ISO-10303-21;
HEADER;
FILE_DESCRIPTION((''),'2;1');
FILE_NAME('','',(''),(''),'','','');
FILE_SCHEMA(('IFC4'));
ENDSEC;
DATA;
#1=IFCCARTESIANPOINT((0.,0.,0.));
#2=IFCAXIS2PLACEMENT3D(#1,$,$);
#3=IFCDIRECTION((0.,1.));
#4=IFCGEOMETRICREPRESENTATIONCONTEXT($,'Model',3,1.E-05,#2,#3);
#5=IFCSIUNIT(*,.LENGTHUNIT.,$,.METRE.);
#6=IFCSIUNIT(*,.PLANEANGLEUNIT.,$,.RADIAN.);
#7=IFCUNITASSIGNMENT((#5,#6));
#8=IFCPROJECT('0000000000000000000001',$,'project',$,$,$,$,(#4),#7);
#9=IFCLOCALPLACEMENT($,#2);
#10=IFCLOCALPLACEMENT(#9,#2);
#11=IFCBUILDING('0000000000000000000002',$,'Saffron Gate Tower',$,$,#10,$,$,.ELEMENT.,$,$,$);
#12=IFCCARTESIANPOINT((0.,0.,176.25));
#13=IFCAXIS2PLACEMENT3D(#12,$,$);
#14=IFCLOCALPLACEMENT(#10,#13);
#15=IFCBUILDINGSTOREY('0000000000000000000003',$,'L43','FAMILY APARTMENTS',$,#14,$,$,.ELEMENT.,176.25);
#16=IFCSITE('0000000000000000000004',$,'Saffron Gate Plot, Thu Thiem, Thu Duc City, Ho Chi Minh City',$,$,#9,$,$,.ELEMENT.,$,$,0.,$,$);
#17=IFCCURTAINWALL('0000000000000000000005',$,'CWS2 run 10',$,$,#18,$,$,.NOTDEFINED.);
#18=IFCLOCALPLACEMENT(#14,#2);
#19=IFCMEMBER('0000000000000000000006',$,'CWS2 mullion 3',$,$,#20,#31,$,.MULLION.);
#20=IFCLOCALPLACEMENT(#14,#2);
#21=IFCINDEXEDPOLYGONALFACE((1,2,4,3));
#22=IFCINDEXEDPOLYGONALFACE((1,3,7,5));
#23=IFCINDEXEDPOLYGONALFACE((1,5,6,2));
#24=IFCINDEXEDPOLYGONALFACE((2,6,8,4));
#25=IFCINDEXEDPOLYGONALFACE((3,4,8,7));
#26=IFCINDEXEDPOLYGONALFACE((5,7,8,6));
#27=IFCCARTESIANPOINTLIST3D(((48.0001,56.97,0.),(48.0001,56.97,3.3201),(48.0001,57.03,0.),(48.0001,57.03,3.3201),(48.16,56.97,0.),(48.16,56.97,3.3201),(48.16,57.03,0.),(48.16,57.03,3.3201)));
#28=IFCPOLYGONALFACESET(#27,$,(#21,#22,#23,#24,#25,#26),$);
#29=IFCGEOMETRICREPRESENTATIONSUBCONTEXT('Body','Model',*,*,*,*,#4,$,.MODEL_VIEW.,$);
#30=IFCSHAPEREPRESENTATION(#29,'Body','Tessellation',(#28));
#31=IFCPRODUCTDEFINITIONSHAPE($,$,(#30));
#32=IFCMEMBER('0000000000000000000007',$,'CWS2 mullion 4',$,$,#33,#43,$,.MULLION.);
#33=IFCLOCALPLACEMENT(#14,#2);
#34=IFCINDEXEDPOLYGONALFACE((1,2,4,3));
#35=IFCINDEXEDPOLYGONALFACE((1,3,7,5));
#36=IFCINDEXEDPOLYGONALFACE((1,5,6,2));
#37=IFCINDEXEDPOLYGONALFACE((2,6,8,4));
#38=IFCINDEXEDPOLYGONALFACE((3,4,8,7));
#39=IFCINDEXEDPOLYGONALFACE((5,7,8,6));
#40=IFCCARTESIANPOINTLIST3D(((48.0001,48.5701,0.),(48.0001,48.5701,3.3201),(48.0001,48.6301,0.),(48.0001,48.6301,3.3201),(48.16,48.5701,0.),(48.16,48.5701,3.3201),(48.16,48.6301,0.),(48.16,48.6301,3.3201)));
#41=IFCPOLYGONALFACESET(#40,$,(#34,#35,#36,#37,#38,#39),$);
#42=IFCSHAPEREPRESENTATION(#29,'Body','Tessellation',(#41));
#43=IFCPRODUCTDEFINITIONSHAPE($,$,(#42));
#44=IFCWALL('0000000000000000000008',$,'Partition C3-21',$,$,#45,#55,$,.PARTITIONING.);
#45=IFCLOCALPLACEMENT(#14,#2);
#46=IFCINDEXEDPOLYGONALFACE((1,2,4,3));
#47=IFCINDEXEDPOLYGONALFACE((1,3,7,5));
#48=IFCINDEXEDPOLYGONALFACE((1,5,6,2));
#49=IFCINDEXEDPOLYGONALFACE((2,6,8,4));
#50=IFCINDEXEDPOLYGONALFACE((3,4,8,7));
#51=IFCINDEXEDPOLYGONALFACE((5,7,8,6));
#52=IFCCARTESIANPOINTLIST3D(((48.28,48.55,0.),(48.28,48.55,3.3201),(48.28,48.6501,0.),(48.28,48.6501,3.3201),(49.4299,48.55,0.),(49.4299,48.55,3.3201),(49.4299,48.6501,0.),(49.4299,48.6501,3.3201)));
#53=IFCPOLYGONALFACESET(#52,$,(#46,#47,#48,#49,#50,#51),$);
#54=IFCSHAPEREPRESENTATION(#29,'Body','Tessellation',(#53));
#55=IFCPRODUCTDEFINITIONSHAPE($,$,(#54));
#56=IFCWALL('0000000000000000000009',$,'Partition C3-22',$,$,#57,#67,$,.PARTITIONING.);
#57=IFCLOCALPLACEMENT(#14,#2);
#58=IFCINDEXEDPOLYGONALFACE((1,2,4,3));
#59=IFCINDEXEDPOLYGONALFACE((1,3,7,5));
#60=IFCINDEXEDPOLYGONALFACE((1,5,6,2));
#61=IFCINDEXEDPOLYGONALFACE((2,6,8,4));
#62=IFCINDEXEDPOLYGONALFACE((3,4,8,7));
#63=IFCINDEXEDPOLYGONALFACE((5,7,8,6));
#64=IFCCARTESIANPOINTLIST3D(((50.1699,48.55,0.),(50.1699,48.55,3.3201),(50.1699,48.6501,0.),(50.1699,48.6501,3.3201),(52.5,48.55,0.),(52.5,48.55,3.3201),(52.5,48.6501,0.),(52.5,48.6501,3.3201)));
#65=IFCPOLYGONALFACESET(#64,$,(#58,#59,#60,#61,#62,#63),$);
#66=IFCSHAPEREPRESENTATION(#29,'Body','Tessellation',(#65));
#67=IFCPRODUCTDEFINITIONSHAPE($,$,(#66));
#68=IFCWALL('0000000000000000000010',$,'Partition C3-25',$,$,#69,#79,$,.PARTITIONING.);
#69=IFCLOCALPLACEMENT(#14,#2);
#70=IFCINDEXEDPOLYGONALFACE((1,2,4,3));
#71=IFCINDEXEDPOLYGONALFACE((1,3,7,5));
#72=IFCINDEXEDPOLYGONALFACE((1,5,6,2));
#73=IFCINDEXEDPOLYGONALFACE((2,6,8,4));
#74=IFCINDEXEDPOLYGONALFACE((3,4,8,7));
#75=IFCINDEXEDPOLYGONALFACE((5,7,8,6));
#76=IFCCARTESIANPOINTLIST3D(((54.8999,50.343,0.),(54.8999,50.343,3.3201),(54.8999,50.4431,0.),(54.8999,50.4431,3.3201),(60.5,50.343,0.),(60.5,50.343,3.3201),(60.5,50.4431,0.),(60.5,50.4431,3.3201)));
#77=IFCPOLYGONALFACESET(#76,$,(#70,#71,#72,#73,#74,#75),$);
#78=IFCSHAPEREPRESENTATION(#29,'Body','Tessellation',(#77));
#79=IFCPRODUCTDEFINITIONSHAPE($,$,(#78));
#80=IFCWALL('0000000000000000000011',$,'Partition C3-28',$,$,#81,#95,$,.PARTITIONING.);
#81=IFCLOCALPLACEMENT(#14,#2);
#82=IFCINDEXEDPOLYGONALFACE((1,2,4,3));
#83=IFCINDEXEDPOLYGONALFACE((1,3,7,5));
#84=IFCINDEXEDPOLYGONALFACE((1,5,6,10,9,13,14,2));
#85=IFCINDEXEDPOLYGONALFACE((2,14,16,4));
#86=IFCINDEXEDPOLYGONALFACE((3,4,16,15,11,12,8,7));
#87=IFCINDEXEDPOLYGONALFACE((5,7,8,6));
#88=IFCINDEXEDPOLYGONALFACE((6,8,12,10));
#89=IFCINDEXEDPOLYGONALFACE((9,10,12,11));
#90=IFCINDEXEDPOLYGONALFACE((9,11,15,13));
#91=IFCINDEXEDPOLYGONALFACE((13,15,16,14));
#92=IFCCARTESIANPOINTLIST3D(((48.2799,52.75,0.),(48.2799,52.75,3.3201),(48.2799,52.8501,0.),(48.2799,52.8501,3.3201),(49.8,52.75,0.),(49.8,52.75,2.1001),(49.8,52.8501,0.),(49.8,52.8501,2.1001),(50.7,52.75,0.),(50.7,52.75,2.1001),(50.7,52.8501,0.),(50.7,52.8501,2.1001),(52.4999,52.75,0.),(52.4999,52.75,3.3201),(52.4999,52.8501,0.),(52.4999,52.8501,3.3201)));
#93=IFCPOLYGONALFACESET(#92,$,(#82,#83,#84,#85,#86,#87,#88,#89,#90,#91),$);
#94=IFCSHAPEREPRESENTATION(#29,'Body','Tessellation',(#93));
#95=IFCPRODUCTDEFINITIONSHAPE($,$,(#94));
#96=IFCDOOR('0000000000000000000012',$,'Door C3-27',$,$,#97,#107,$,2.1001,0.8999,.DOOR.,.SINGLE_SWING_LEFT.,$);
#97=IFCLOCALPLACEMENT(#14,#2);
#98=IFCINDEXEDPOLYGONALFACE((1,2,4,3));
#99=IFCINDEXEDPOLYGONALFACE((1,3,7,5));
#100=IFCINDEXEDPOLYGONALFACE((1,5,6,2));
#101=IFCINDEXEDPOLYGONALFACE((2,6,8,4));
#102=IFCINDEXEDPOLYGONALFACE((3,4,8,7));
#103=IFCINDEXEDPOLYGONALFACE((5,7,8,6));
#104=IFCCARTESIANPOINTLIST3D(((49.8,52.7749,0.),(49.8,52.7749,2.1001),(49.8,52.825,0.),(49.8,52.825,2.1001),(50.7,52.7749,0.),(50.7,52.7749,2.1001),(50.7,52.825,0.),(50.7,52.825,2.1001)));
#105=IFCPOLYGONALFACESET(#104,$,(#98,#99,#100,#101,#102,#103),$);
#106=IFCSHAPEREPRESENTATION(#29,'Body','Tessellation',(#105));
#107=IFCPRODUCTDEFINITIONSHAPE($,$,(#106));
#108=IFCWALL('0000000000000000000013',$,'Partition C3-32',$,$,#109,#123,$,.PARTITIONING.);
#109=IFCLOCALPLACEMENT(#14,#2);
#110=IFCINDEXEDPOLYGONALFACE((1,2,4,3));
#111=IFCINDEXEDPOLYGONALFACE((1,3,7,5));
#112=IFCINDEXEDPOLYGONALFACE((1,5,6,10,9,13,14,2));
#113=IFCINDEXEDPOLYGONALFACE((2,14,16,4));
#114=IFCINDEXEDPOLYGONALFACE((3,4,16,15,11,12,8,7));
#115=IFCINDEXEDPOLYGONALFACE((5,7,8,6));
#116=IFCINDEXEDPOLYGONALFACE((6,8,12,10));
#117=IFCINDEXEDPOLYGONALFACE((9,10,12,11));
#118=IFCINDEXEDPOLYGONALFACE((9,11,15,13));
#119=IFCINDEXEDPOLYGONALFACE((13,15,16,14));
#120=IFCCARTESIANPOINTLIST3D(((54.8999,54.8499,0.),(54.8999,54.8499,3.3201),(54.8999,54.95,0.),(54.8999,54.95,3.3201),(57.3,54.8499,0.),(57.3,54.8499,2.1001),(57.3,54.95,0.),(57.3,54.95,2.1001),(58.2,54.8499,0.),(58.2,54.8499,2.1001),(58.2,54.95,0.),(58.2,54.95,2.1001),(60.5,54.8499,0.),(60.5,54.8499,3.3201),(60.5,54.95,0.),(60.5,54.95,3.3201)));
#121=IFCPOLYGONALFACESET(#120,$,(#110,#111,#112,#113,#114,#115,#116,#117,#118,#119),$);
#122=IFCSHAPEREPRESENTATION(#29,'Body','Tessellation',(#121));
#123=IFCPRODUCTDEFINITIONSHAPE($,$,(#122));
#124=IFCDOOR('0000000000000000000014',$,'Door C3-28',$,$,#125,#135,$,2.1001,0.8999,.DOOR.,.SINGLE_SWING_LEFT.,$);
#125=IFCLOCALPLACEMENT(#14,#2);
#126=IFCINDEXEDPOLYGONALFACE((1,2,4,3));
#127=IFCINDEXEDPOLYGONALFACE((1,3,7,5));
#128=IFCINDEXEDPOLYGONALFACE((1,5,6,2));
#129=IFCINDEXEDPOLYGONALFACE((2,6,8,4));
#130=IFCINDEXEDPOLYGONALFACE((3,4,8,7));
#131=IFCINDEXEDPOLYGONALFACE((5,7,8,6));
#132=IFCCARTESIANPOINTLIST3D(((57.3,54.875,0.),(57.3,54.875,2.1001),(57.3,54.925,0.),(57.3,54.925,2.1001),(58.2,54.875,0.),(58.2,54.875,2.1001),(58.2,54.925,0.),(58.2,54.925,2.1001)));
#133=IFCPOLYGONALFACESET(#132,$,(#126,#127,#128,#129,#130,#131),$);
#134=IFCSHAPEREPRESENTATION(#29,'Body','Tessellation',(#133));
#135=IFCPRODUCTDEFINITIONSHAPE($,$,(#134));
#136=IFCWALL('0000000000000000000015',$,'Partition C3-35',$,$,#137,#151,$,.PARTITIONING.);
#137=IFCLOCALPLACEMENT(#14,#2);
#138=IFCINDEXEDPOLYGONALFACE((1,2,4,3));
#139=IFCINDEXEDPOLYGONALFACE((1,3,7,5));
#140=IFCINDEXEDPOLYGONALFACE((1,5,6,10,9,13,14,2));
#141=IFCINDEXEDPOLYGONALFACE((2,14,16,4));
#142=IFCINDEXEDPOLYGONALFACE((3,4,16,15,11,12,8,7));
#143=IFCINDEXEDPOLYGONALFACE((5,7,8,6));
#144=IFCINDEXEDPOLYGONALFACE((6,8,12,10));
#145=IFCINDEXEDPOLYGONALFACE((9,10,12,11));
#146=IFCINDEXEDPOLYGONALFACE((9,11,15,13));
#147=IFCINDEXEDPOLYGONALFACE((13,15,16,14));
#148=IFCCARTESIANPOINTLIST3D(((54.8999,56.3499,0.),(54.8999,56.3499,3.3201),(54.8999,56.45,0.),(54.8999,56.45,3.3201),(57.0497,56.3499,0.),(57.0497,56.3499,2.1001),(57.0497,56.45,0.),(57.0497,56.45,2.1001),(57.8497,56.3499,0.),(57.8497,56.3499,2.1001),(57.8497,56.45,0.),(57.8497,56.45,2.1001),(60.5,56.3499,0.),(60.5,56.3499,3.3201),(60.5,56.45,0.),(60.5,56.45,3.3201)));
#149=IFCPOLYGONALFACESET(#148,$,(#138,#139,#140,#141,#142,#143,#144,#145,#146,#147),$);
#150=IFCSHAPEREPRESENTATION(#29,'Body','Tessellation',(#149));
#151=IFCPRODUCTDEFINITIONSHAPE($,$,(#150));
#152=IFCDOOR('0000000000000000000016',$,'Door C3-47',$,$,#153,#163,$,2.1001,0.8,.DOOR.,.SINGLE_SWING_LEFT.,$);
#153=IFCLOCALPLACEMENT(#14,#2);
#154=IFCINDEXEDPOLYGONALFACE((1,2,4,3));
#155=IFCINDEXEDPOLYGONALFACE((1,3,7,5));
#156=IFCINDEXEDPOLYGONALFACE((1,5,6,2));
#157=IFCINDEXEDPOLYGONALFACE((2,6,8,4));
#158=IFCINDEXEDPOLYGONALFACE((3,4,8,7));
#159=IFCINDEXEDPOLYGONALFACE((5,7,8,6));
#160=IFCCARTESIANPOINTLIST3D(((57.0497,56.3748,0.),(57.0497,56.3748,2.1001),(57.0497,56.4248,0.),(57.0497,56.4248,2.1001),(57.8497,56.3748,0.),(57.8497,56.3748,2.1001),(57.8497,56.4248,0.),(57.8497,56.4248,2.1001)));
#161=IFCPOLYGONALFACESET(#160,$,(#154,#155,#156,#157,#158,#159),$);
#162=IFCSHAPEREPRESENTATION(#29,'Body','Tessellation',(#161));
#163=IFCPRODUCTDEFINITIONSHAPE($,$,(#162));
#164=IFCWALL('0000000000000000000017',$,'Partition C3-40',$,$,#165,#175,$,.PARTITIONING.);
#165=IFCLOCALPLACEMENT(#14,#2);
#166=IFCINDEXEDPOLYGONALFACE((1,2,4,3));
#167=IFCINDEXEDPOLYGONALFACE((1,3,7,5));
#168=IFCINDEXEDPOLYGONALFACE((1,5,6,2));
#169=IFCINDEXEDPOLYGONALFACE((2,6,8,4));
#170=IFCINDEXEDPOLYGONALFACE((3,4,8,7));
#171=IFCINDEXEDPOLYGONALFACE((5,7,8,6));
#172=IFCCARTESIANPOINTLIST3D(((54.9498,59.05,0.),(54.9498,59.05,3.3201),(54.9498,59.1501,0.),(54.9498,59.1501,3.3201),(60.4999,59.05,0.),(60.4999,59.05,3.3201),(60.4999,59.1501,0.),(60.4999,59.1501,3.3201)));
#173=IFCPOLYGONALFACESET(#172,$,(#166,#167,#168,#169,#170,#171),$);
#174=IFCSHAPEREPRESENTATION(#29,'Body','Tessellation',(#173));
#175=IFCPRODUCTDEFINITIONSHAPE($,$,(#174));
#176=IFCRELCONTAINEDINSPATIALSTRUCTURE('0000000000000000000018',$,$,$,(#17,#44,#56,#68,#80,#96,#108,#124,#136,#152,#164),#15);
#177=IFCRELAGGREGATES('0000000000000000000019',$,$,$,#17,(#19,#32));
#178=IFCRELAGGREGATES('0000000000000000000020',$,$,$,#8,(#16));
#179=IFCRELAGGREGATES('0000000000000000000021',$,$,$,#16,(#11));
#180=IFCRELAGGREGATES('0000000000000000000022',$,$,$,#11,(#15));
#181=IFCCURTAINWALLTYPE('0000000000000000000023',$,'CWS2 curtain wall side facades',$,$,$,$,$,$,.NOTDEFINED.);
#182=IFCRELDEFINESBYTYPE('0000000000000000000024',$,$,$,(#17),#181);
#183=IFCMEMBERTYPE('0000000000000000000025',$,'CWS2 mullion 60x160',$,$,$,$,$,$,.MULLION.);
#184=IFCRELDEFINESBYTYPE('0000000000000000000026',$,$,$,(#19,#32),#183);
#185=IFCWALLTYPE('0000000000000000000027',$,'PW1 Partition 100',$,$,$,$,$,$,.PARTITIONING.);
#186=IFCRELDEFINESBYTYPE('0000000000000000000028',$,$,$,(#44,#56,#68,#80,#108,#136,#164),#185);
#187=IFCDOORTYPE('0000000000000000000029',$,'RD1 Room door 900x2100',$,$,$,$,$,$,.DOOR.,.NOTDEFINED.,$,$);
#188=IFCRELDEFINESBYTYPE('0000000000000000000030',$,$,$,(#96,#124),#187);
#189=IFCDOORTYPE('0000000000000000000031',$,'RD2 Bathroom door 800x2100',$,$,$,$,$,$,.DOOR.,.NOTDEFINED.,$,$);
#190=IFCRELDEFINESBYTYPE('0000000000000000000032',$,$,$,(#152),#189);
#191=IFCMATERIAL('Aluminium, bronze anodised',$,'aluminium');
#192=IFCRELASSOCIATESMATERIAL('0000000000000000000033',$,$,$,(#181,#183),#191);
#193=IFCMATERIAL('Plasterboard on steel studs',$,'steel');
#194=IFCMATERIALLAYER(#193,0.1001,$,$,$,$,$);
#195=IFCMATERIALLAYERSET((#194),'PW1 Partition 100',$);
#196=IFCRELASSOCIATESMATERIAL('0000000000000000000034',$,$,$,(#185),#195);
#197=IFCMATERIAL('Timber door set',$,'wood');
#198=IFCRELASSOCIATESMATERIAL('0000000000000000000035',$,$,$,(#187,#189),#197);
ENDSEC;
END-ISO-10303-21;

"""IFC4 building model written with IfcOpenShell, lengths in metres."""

from ifc_helpers import new_model, si_unit, direction, frame, frame_2d, origin, origin_2d, place, context, subcontext, project, spatial, rectangle, extrude, material, layer, layer_set, material_profile, profile_set, type_object, element, fill, aggregate, save


model = new_model("IFC4")

# Units and contexts
model_context = context("Model", 3, precision=1e-05, world=origin(), true_north=direction((0.0, 1.0)))
body_context = subcontext(model_context, "Body", "Model", "MODEL_VIEW")
ifc_project = project(units=[si_unit("LENGTHUNIT", "METRE"), si_unit("PLANEANGLEUNIT", "RADIAN")], contexts=[model_context])

# Site, building, storey
site_placement = place(None, origin())
site = spatial("IfcSite", under=ifc_project, at=site_placement, Name="Saffron Gate Plot, Thu Thiem, Thu Duc City, Ho Chi Minh City", CompositionType="ELEMENT", RefElevation=0.0)
building_placement = place(site_placement, origin())
building = spatial("IfcBuilding", under=site, at=building_placement, Name="Saffron Gate Tower", CompositionType="ELEMENT")
storey_placement = place(building_placement, frame((0.0, 0.0, 176.25)))
storey = spatial("IfcBuildingStorey", under=building, at=storey_placement, Name="L43", Description="FAMILY APARTMENTS", CompositionType="ELEMENT", Elevation=176.25)

# Curtain wall, members
ifc_material_1 = material(Name="Aluminium, bronze anodised", Category="aluminium")
curtain_wall_type = type_object("IfcCurtainWallType", Name="CWS2 curtain wall side facades", PredefinedType="NOTDEFINED", material=ifc_material_1)
curtain_wall_placement = place(storey_placement, origin())
curtain_wall = element("IfcCurtainWall", 1, at=curtain_wall_placement, inside=storey, type_object=curtain_wall_type, Name="CWS2 run 10", PredefinedType="NOTDEFINED")
ifc_material_profile_1 = material_profile(ifc_material_1, rectangle(XDim=0.1599, YDim=0.0601, at=origin_2d()))
ifc_profile_set_1 = profile_set([ifc_material_profile_1], Name="Aluminium, bronze anodised")
member_type = type_object("IfcMemberType", Name="CWS2 mullion 60x160", PredefinedType="MULLION", material=ifc_profile_set_1)
member_1_placement = place(storey_placement, frame((48.0801, 57.0, 0.0), z_axis=(0.0, 0.0, 1.0), x_axis=(1.0, 0.0, 0.0)))
member_1 = element("IfcMember", 2, at=member_1_placement, type_object=member_type, Name="CWS2 mullion 3", PredefinedType="MULLION", context=body_context, shape_type="SweptSolid", body=[
    extrude(rectangle(XDim=0.1599, YDim=0.0601, at=origin_2d()), origin(), (0.0, 0.0, 1.0), 3.3201),
])
member_2_placement = place(storey_placement, frame((48.0801, 48.6001, 0.0), z_axis=(0.0, 0.0, 1.0), x_axis=(1.0, 0.0, 0.0)))
member_2 = element("IfcMember", 3, at=member_2_placement, type_object=member_type, Name="CWS2 mullion 4", PredefinedType="MULLION", context=body_context, shape_type="SweptSolid", body=[
    extrude(rectangle(XDim=0.1599, YDim=0.0601, at=origin_2d()), origin(), (0.0, 0.0, 1.0), 3.3201),
])
aggregate(curtain_wall, [member_1, member_2])

# Walls
ifc_material_2 = material(Name="Plasterboard on steel studs", Category="steel")
ifc_layer_1 = layer(ifc_material_2, 0.1001)
ifc_layer_set_1 = layer_set([ifc_layer_1], Name="PW1 Partition 100")
wall_type_1 = type_object("IfcWallType", Name="PW1 Partition 100", PredefinedType="PARTITIONING", material=ifc_layer_set_1)
wall_1_placement = place(storey_placement, frame((48.28, 48.6001, 0.0), z_axis=(0.0, 0.0, 1.0), x_axis=(1.0, 0.0, 0.0)))
element("IfcWall", 4, at=wall_1_placement, inside=storey, type_object=wall_type_1, Name="Partition C3-21", PredefinedType="PARTITIONING", context=body_context, shape_type="SweptSolid", body=[
    extrude(rectangle(XDim=1.1499, YDim=0.1001, at=frame_2d((0.575, 0.0))), origin(), (0.0, 0.0, 1.0), 3.3201),
])
wall_2_placement = place(storey_placement, frame((50.1699, 48.6001, 0.0), z_axis=(0.0, 0.0, 1.0), x_axis=(1.0, 0.0, 0.0)))
element("IfcWall", 5, at=wall_2_placement, inside=storey, type_object=wall_type_1, Name="Partition C3-22", PredefinedType="PARTITIONING", context=body_context, shape_type="SweptSolid", body=[
    extrude(rectangle(XDim=2.3301, YDim=0.1001, at=frame_2d((1.165, 0.0))), origin(), (0.0, 0.0, 1.0), 3.3201),
])
wall_3_placement = place(storey_placement, frame((54.8999, 50.3931, 0.0), z_axis=(0.0, 0.0, 1.0), x_axis=(1.0, 0.0, 0.0)))
element("IfcWall", 6, at=wall_3_placement, inside=storey, type_object=wall_type_1, Name="Partition C3-25", PredefinedType="PARTITIONING", context=body_context, shape_type="SweptSolid", body=[
    extrude(rectangle(XDim=5.6001, YDim=0.1001, at=frame_2d((2.8, 0.0))), origin(), (0.0, 0.0, 1.0), 3.3201),
])

# Walls, openings, doors
wall_4_placement = place(storey_placement, frame((48.28, 52.8, 0.0), z_axis=(0.0, 0.0, 1.0), x_axis=(1.0, 0.0, 0.0)))
wall_4 = element("IfcWall", 7, at=wall_4_placement, inside=storey, type_object=wall_type_1, Name="Partition C3-28", PredefinedType="PARTITIONING", context=body_context, shape_type="SweptSolid", body=[
    extrude(rectangle(XDim=4.22, YDim=0.1001, at=frame_2d((2.1099, 0.0))), origin(), (0.0, 0.0, 1.0), 3.3201),
])
opening_1_placement = place(wall_4_placement, frame((1.52, 0.0, 0.0)))
opening_1 = element("IfcOpeningElement", 8, at=opening_1_placement, cuts=wall_4, PredefinedType="OPENING", context=body_context, shape_type="SweptSolid", body=[
    extrude(rectangle(XDim=0.8999, YDim=2.1001, at=frame_2d((0.45, 1.05))), frame((0.0, 0.0601, 0.0), z_axis=(0.0, -1.0, 0.0), x_axis=(1.0, 0.0, 0.0)), (0.0, 0.0, 1.0), 0.1201),
])
ifc_material_3 = material(Name="Timber door set", Category="wood")
door_type_1 = type_object("IfcDoorType", Name="RD1 Room door 900x2100", OperationType="NOTDEFINED", PredefinedType="DOOR", material=ifc_material_3)
door_1_placement = place(opening_1_placement, origin())
door_1 = element("IfcDoor", 9, at=door_1_placement, inside=storey, type_object=door_type_1, Name="Door C3-27", OperationType="SINGLE_SWING_LEFT", OverallHeight=2.1001, OverallWidth=0.8999, PredefinedType="DOOR", context=body_context, shape_type="SweptSolid", body=[
    extrude(rectangle(XDim=0.8999, YDim=2.1001, at=frame_2d((0.45, 1.05))), frame((0.0, 0.0249, 0.0), z_axis=(0.0, -1.0, 0.0), x_axis=(1.0, 0.0, 0.0)), (0.0, 0.0, 1.0), 0.05),
])
fill(opening_1, door_1)
wall_5_placement = place(storey_placement, frame((60.5, 54.8999, 0.0), z_axis=(0.0, 0.0, 1.0), x_axis=(-1.0, 0.0, 0.0)))
wall_5 = element("IfcWall", 10, at=wall_5_placement, inside=storey, type_object=wall_type_1, Name="Partition C3-32", PredefinedType="PARTITIONING", context=body_context, shape_type="SweptSolid", body=[
    extrude(rectangle(XDim=5.6001, YDim=0.1001, at=frame_2d((2.8, 0.0))), origin(), (0.0, 0.0, 1.0), 3.3201),
])
opening_2_placement = place(wall_5_placement, frame((2.3, 0.0, 0.0)))
opening_2 = element("IfcOpeningElement", 11, at=opening_2_placement, cuts=wall_5, PredefinedType="OPENING", context=body_context, shape_type="SweptSolid", body=[
    extrude(rectangle(XDim=0.8999, YDim=2.1001, at=frame_2d((0.45, 1.05))), frame((0.0, 0.0601, 0.0), z_axis=(0.0, -1.0, 0.0), x_axis=(1.0, 0.0, 0.0)), (0.0, 0.0, 1.0), 0.1201),
])
door_2_placement = place(opening_2_placement, origin())
door_2 = element("IfcDoor", 12, at=door_2_placement, inside=storey, type_object=door_type_1, Name="Door C3-28", OperationType="SINGLE_SWING_LEFT", OverallHeight=2.1001, OverallWidth=0.8999, PredefinedType="DOOR", context=body_context, shape_type="SweptSolid", body=[
    extrude(rectangle(XDim=0.8999, YDim=2.1001, at=frame_2d((0.45, 1.05))), frame((0.0, 0.0249, 0.0), z_axis=(0.0, -1.0, 0.0), x_axis=(1.0, 0.0, 0.0)), (0.0, 0.0, 1.0), 0.05),
])
fill(opening_2, door_2)
wall_6_placement = place(storey_placement, frame((54.8999, 56.3999, 0.0), z_axis=(0.0, 0.0, 1.0), x_axis=(1.0, 0.0, 0.0)))
wall_6 = element("IfcWall", 13, at=wall_6_placement, inside=storey, type_object=wall_type_1, Name="Partition C3-35", PredefinedType="PARTITIONING", context=body_context, shape_type="SweptSolid", body=[
    extrude(rectangle(XDim=5.6001, YDim=0.1001, at=frame_2d((2.8, 0.0))), origin(), (0.0, 0.0, 1.0), 3.3201),
])
opening_3_placement = place(wall_6_placement, frame((2.1499, 0.0, 0.0)))
opening_3 = element("IfcOpeningElement", 14, at=opening_3_placement, cuts=wall_6, PredefinedType="OPENING", context=body_context, shape_type="SweptSolid", body=[
    extrude(rectangle(XDim=0.8, YDim=2.1001, at=frame_2d((0.3999, 1.05))), frame((0.0, 0.0601, 0.0), z_axis=(0.0, -1.0, 0.0), x_axis=(1.0, 0.0, 0.0)), (0.0, 0.0, 1.0), 0.1201),
])
door_type_2 = type_object("IfcDoorType", Name="RD2 Bathroom door 800x2100", OperationType="NOTDEFINED", PredefinedType="DOOR", material=ifc_material_3)
door_3_placement = place(opening_3_placement, origin())
door_3 = element("IfcDoor", 15, at=door_3_placement, inside=storey, type_object=door_type_2, Name="Door C3-47", OperationType="SINGLE_SWING_LEFT", OverallHeight=2.1001, OverallWidth=0.8, PredefinedType="DOOR", context=body_context, shape_type="SweptSolid", body=[
    extrude(rectangle(XDim=0.8, YDim=2.1001, at=frame_2d((0.3999, 1.05))), frame((0.0, 0.0249, 0.0), z_axis=(0.0, -1.0, 0.0), x_axis=(1.0, 0.0, 0.0)), (0.0, 0.0, 1.0), 0.05),
])
fill(opening_3, door_3)

# Wall
wall_7_placement = place(storey_placement, frame((54.95, 59.1001, 0.0), z_axis=(0.0, 0.0, 1.0), x_axis=(1.0, 0.0, 0.0)))
element("IfcWall", 16, at=wall_7_placement, inside=storey, type_object=wall_type_1, Name="Partition C3-40", PredefinedType="PARTITIONING", context=body_context, shape_type="SweptSolid", body=[
    extrude(rectangle(XDim=5.55, YDim=0.1001, at=frame_2d((2.7749, 0.0))), origin(), (0.0, 0.0, 1.0), 3.3201),
])

save(model, "model.ifc")
